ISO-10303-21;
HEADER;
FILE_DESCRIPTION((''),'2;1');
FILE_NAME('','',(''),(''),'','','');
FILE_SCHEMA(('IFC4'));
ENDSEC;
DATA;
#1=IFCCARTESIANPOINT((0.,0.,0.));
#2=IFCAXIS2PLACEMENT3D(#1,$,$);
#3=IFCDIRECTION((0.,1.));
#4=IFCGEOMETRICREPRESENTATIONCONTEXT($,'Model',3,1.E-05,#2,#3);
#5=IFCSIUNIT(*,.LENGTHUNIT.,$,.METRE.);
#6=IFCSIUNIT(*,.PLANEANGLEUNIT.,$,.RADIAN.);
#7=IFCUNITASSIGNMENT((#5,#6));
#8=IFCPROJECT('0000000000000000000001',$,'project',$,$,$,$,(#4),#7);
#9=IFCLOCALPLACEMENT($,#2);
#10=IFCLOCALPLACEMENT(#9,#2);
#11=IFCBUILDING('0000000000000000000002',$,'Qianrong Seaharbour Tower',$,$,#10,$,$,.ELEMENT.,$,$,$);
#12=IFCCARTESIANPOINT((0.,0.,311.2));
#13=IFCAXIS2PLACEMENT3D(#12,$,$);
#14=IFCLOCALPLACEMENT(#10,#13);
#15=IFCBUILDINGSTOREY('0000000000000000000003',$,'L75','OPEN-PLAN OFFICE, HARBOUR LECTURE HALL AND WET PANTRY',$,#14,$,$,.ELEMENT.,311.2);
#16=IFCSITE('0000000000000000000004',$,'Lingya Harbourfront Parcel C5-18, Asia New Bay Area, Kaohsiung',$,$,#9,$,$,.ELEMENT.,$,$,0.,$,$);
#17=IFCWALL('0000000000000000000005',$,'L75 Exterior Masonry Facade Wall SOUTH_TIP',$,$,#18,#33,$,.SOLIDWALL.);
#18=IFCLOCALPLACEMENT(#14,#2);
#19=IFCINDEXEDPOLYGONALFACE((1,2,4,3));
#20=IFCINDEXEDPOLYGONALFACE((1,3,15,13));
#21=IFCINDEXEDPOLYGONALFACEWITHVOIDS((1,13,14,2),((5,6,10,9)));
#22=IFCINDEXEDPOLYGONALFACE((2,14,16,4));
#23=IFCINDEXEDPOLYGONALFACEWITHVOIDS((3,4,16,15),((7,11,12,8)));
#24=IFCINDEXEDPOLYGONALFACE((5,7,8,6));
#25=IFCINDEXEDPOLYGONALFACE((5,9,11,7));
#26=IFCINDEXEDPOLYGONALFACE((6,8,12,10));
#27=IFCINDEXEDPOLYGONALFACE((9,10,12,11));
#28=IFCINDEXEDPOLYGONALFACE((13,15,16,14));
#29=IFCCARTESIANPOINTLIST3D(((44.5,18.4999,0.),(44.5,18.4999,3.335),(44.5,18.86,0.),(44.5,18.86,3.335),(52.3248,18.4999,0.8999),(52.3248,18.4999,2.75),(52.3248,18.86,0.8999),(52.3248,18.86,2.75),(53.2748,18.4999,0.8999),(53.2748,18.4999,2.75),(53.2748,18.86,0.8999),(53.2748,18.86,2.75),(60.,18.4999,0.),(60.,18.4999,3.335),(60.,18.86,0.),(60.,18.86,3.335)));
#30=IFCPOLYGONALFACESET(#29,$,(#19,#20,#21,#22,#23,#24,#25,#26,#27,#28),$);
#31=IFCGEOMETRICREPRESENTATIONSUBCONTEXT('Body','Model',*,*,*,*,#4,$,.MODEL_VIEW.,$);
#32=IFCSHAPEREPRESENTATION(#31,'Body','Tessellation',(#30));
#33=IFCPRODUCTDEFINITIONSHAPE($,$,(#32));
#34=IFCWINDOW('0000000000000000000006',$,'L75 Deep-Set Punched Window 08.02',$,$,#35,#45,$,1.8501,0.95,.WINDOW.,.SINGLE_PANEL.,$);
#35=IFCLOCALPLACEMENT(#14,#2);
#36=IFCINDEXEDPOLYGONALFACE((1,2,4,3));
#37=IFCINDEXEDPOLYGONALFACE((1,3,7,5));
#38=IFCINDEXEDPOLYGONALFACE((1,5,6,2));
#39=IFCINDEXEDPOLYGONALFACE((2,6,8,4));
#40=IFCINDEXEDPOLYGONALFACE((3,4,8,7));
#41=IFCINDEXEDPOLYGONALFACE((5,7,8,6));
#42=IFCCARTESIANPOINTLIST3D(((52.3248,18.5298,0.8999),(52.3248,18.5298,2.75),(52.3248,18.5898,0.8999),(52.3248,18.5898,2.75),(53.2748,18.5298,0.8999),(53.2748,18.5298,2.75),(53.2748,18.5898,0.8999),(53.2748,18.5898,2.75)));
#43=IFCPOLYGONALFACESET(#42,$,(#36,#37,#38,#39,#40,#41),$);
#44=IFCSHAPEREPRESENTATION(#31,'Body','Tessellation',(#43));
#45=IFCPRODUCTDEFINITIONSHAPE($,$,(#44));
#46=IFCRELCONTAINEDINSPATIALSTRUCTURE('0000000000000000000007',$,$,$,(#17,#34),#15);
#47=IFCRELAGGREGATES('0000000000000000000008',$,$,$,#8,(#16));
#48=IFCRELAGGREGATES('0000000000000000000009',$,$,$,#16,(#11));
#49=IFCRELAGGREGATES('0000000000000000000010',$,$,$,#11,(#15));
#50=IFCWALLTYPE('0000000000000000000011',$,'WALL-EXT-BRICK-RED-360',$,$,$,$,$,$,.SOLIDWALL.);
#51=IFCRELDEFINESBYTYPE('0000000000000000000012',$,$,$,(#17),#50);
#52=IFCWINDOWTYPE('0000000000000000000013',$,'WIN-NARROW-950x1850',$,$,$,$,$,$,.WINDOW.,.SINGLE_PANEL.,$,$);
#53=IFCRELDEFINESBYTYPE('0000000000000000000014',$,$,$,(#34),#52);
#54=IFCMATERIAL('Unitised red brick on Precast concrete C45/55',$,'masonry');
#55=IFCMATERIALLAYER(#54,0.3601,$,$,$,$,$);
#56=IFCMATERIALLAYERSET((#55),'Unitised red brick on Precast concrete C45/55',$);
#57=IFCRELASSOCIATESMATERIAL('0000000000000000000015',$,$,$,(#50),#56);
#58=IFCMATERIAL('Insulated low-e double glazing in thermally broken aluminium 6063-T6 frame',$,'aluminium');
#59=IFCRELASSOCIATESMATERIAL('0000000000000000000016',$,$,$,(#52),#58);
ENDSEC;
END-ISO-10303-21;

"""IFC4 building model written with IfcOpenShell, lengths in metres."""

from ifc_helpers import new_model, si_unit, direction, frame, frame_2d, origin, place, context, subcontext, project, spatial, rectangle, extrude, material, layer, layer_set, type_object, element, fill, save


model = new_model("IFC4")

# Units and contexts
model_context = context("Model", 3, precision=1e-05, world=origin(), true_north=direction((0.0, 1.0)))
body_context = subcontext(model_context, "Body", "Model", "MODEL_VIEW")
ifc_project = project(units=[si_unit("LENGTHUNIT", "METRE"), si_unit("PLANEANGLEUNIT", "RADIAN")], contexts=[model_context])

# Site, building, storey
site_placement = place(None, origin())
site = spatial("IfcSite", under=ifc_project, at=site_placement, Name="Lingya Harbourfront Parcel C5-18, Asia New Bay Area, Kaohsiung", CompositionType="ELEMENT", RefElevation=0.0)
building_placement = place(site_placement, origin())
building = spatial("IfcBuilding", under=site, at=building_placement, Name="Qianrong Seaharbour Tower", CompositionType="ELEMENT")
storey_placement = place(building_placement, frame((0.0, 0.0, 311.2)))
storey = spatial("IfcBuildingStorey", under=building, at=storey_placement, Name="L75", Description="OPEN-PLAN OFFICE, HARBOUR LECTURE HALL AND WET PANTRY", CompositionType="ELEMENT", Elevation=311.2)

# Shared definitions
ifc_material_1 = material(Name="Unitised red brick on Precast concrete C45/55", Category="masonry")
ifc_layer_1 = layer(ifc_material_1, 0.3601)
ifc_layer_set_1 = layer_set([ifc_layer_1], Name="Unitised red brick on Precast concrete C45/55")
wall_type_1 = type_object("IfcWallType", Name="WALL-EXT-BRICK-RED-360", PredefinedType="SOLIDWALL", material=ifc_layer_set_1)
ifc_material_2 = material(Name="Insulated low-e double glazing in thermally broken aluminium 6063-T6 frame", Category="aluminium")
window_type = type_object("IfcWindowType", Name="WIN-NARROW-950x1850", PartitioningType="SINGLE_PANEL", PredefinedType="WINDOW", material=ifc_material_2)

# Wall, opening, window
wall_1_placement = place(storey_placement, frame((60.0, 18.6799, 0.0), z_axis=(0.0, 0.0, 1.0), x_axis=(-1.0, 0.0, 0.0)))
wall_1 = element("IfcWall", 1, at=wall_1_placement, inside=storey, type_object=wall_type_1, Name="L75 Exterior Masonry Facade Wall SOUTH_TIP", PredefinedType="SOLIDWALL", context=body_context, shape_type="SweptSolid", body=[
    extrude(rectangle(XDim=15.5, YDim=0.3601, at=frame_2d((7.75, 0.0))), origin(), (0.0, 0.0, 1.0), 3.335),
])
opening_1_placement = place(wall_1_placement, frame((6.7251, 0.0, 0.8999)))
opening_1 = element("IfcOpeningElement", 2, at=opening_1_placement, cuts=wall_1, PredefinedType="OPENING", context=body_context, shape_type="SweptSolid", body=[
    extrude(rectangle(XDim=0.95, YDim=1.8501, at=frame_2d((0.4751, 0.925))), frame((0.0, 0.1899, 0.0), z_axis=(0.0, -1.0, 0.0), x_axis=(1.0, 0.0, 0.0)), (0.0, 0.0, 1.0), 0.3801),
])
window_1_placement = place(opening_1_placement, origin())
window_1 = element("IfcWindow", 3, at=window_1_placement, inside=storey, type_object=window_type, Name="L75 Deep-Set Punched Window 08.02", OverallHeight=1.8501, OverallWidth=0.95, PartitioningType="SINGLE_PANEL", PredefinedType="WINDOW", context=body_context, shape_type="SweptSolid", body=[
    extrude(rectangle(XDim=0.95, YDim=1.8501, at=frame_2d((0.4751, 0.925))), frame((0.0, 0.1501, 0.0), z_axis=(0.0, -1.0, 0.0), x_axis=(1.0, 0.0, 0.0)), (0.0, 0.0, 1.0), 0.0601),
])
fill(opening_1, window_1)

save(model, "model.ifc")
